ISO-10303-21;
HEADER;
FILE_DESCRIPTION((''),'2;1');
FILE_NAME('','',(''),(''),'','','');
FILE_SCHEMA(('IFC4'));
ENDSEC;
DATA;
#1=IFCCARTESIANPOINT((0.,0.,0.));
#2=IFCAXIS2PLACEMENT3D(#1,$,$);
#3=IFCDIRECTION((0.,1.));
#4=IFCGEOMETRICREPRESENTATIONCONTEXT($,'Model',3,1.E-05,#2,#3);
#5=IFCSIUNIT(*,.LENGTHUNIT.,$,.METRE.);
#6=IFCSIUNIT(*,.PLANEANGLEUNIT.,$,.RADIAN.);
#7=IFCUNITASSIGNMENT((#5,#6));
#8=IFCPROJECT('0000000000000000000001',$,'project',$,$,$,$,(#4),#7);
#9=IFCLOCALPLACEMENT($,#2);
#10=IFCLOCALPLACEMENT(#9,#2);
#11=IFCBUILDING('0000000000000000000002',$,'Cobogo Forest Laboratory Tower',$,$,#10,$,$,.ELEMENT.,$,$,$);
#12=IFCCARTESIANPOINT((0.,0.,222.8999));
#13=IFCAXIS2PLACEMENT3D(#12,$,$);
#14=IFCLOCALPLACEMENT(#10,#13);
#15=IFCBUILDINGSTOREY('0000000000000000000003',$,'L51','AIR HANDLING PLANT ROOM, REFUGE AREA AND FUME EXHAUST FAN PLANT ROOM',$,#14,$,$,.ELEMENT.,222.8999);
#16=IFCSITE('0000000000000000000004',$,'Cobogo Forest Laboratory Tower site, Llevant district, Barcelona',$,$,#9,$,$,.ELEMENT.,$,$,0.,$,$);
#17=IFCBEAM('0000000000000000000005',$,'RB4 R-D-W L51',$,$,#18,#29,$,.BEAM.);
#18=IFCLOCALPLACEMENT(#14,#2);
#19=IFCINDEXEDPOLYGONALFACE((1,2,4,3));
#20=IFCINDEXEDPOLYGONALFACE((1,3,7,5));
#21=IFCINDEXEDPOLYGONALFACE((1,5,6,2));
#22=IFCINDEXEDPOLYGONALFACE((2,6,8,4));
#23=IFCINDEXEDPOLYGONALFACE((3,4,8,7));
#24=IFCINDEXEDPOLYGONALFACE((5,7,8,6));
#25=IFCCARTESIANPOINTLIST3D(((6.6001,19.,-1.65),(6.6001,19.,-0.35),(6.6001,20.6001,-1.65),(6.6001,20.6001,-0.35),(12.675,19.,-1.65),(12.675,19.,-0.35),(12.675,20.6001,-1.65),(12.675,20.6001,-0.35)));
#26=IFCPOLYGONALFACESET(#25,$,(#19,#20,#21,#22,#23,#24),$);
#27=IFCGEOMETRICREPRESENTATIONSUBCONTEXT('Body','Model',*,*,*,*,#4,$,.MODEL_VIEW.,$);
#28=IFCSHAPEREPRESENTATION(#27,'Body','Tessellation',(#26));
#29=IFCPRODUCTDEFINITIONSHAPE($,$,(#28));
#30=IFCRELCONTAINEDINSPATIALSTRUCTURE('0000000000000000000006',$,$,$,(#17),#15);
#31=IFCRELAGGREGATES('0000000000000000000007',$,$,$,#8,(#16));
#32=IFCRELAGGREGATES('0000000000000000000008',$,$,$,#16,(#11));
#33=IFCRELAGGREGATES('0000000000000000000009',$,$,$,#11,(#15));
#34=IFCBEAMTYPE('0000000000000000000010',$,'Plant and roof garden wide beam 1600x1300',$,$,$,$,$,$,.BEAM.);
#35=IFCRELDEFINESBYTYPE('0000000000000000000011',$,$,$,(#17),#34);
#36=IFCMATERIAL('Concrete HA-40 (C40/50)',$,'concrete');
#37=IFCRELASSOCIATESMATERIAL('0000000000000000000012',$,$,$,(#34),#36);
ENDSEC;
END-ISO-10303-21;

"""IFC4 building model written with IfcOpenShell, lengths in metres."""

from ifc_helpers import new_model, si_unit, direction, frame, origin, origin_2d, place, context, subcontext, project, spatial, rectangle, extrude, material, material_profile, profile_set, type_object, element, save


model = new_model("IFC4")

# Units and contexts
model_context = context("Model", 3, precision=1e-05, world=origin(), true_north=direction((0.0, 1.0)))
body_context = subcontext(model_context, "Body", "Model", "MODEL_VIEW")
ifc_project = project(units=[si_unit("LENGTHUNIT", "METRE"), si_unit("PLANEANGLEUNIT", "RADIAN")], contexts=[model_context])

# Site, building, storey
site_placement = place(None, origin())
site = spatial("IfcSite", under=ifc_project, at=site_placement, Name="Cobogo Forest Laboratory Tower site, Llevant district, Barcelona", CompositionType="ELEMENT", RefElevation=0.0)
building_placement = place(site_placement, origin())
building = spatial("IfcBuilding", under=site, at=building_placement, Name="Cobogo Forest Laboratory Tower", CompositionType="ELEMENT")
storey_placement = place(building_placement, frame((0.0, 0.0, 222.8999)))
storey = spatial("IfcBuildingStorey", under=building, at=storey_placement, Name="L51", Description="AIR HANDLING PLANT ROOM, REFUGE AREA AND FUME EXHAUST FAN PLANT ROOM", CompositionType="ELEMENT", Elevation=222.8999)

# Beam
ifc_material_1 = material(Name="Concrete HA-40 (C40/50)", Category="concrete")
ifc_material_profile = material_profile(ifc_material_1, rectangle(XDim=1.6001, YDim=1.3, at=origin_2d()), Name="RC 1600x1300")
ifc_profile_set = profile_set([ifc_material_profile], Name="Concrete HA-40 (C40/50)")
beam_type = type_object("IfcBeamType", Name="Plant and roof garden wide beam 1600x1300", PredefinedType="BEAM", material=ifc_profile_set)
beam_placement = place(storey_placement, frame((12.675, 19.8, -1.0), z_axis=(-1.0, 0.0, 0.0), x_axis=(0.0, -1.0, 0.0)))
element("IfcBeam", 1, at=beam_placement, inside=storey, type_object=beam_type, Name="RB4 R-D-W L51", PredefinedType="BEAM", context=body_context, shape_type="SweptSolid", body=[
    extrude(rectangle(XDim=1.6001, YDim=1.3, at=origin_2d()), origin(), (0.0, 0.0, 1.0), 6.075),
])

save(model, "model.ifc")
